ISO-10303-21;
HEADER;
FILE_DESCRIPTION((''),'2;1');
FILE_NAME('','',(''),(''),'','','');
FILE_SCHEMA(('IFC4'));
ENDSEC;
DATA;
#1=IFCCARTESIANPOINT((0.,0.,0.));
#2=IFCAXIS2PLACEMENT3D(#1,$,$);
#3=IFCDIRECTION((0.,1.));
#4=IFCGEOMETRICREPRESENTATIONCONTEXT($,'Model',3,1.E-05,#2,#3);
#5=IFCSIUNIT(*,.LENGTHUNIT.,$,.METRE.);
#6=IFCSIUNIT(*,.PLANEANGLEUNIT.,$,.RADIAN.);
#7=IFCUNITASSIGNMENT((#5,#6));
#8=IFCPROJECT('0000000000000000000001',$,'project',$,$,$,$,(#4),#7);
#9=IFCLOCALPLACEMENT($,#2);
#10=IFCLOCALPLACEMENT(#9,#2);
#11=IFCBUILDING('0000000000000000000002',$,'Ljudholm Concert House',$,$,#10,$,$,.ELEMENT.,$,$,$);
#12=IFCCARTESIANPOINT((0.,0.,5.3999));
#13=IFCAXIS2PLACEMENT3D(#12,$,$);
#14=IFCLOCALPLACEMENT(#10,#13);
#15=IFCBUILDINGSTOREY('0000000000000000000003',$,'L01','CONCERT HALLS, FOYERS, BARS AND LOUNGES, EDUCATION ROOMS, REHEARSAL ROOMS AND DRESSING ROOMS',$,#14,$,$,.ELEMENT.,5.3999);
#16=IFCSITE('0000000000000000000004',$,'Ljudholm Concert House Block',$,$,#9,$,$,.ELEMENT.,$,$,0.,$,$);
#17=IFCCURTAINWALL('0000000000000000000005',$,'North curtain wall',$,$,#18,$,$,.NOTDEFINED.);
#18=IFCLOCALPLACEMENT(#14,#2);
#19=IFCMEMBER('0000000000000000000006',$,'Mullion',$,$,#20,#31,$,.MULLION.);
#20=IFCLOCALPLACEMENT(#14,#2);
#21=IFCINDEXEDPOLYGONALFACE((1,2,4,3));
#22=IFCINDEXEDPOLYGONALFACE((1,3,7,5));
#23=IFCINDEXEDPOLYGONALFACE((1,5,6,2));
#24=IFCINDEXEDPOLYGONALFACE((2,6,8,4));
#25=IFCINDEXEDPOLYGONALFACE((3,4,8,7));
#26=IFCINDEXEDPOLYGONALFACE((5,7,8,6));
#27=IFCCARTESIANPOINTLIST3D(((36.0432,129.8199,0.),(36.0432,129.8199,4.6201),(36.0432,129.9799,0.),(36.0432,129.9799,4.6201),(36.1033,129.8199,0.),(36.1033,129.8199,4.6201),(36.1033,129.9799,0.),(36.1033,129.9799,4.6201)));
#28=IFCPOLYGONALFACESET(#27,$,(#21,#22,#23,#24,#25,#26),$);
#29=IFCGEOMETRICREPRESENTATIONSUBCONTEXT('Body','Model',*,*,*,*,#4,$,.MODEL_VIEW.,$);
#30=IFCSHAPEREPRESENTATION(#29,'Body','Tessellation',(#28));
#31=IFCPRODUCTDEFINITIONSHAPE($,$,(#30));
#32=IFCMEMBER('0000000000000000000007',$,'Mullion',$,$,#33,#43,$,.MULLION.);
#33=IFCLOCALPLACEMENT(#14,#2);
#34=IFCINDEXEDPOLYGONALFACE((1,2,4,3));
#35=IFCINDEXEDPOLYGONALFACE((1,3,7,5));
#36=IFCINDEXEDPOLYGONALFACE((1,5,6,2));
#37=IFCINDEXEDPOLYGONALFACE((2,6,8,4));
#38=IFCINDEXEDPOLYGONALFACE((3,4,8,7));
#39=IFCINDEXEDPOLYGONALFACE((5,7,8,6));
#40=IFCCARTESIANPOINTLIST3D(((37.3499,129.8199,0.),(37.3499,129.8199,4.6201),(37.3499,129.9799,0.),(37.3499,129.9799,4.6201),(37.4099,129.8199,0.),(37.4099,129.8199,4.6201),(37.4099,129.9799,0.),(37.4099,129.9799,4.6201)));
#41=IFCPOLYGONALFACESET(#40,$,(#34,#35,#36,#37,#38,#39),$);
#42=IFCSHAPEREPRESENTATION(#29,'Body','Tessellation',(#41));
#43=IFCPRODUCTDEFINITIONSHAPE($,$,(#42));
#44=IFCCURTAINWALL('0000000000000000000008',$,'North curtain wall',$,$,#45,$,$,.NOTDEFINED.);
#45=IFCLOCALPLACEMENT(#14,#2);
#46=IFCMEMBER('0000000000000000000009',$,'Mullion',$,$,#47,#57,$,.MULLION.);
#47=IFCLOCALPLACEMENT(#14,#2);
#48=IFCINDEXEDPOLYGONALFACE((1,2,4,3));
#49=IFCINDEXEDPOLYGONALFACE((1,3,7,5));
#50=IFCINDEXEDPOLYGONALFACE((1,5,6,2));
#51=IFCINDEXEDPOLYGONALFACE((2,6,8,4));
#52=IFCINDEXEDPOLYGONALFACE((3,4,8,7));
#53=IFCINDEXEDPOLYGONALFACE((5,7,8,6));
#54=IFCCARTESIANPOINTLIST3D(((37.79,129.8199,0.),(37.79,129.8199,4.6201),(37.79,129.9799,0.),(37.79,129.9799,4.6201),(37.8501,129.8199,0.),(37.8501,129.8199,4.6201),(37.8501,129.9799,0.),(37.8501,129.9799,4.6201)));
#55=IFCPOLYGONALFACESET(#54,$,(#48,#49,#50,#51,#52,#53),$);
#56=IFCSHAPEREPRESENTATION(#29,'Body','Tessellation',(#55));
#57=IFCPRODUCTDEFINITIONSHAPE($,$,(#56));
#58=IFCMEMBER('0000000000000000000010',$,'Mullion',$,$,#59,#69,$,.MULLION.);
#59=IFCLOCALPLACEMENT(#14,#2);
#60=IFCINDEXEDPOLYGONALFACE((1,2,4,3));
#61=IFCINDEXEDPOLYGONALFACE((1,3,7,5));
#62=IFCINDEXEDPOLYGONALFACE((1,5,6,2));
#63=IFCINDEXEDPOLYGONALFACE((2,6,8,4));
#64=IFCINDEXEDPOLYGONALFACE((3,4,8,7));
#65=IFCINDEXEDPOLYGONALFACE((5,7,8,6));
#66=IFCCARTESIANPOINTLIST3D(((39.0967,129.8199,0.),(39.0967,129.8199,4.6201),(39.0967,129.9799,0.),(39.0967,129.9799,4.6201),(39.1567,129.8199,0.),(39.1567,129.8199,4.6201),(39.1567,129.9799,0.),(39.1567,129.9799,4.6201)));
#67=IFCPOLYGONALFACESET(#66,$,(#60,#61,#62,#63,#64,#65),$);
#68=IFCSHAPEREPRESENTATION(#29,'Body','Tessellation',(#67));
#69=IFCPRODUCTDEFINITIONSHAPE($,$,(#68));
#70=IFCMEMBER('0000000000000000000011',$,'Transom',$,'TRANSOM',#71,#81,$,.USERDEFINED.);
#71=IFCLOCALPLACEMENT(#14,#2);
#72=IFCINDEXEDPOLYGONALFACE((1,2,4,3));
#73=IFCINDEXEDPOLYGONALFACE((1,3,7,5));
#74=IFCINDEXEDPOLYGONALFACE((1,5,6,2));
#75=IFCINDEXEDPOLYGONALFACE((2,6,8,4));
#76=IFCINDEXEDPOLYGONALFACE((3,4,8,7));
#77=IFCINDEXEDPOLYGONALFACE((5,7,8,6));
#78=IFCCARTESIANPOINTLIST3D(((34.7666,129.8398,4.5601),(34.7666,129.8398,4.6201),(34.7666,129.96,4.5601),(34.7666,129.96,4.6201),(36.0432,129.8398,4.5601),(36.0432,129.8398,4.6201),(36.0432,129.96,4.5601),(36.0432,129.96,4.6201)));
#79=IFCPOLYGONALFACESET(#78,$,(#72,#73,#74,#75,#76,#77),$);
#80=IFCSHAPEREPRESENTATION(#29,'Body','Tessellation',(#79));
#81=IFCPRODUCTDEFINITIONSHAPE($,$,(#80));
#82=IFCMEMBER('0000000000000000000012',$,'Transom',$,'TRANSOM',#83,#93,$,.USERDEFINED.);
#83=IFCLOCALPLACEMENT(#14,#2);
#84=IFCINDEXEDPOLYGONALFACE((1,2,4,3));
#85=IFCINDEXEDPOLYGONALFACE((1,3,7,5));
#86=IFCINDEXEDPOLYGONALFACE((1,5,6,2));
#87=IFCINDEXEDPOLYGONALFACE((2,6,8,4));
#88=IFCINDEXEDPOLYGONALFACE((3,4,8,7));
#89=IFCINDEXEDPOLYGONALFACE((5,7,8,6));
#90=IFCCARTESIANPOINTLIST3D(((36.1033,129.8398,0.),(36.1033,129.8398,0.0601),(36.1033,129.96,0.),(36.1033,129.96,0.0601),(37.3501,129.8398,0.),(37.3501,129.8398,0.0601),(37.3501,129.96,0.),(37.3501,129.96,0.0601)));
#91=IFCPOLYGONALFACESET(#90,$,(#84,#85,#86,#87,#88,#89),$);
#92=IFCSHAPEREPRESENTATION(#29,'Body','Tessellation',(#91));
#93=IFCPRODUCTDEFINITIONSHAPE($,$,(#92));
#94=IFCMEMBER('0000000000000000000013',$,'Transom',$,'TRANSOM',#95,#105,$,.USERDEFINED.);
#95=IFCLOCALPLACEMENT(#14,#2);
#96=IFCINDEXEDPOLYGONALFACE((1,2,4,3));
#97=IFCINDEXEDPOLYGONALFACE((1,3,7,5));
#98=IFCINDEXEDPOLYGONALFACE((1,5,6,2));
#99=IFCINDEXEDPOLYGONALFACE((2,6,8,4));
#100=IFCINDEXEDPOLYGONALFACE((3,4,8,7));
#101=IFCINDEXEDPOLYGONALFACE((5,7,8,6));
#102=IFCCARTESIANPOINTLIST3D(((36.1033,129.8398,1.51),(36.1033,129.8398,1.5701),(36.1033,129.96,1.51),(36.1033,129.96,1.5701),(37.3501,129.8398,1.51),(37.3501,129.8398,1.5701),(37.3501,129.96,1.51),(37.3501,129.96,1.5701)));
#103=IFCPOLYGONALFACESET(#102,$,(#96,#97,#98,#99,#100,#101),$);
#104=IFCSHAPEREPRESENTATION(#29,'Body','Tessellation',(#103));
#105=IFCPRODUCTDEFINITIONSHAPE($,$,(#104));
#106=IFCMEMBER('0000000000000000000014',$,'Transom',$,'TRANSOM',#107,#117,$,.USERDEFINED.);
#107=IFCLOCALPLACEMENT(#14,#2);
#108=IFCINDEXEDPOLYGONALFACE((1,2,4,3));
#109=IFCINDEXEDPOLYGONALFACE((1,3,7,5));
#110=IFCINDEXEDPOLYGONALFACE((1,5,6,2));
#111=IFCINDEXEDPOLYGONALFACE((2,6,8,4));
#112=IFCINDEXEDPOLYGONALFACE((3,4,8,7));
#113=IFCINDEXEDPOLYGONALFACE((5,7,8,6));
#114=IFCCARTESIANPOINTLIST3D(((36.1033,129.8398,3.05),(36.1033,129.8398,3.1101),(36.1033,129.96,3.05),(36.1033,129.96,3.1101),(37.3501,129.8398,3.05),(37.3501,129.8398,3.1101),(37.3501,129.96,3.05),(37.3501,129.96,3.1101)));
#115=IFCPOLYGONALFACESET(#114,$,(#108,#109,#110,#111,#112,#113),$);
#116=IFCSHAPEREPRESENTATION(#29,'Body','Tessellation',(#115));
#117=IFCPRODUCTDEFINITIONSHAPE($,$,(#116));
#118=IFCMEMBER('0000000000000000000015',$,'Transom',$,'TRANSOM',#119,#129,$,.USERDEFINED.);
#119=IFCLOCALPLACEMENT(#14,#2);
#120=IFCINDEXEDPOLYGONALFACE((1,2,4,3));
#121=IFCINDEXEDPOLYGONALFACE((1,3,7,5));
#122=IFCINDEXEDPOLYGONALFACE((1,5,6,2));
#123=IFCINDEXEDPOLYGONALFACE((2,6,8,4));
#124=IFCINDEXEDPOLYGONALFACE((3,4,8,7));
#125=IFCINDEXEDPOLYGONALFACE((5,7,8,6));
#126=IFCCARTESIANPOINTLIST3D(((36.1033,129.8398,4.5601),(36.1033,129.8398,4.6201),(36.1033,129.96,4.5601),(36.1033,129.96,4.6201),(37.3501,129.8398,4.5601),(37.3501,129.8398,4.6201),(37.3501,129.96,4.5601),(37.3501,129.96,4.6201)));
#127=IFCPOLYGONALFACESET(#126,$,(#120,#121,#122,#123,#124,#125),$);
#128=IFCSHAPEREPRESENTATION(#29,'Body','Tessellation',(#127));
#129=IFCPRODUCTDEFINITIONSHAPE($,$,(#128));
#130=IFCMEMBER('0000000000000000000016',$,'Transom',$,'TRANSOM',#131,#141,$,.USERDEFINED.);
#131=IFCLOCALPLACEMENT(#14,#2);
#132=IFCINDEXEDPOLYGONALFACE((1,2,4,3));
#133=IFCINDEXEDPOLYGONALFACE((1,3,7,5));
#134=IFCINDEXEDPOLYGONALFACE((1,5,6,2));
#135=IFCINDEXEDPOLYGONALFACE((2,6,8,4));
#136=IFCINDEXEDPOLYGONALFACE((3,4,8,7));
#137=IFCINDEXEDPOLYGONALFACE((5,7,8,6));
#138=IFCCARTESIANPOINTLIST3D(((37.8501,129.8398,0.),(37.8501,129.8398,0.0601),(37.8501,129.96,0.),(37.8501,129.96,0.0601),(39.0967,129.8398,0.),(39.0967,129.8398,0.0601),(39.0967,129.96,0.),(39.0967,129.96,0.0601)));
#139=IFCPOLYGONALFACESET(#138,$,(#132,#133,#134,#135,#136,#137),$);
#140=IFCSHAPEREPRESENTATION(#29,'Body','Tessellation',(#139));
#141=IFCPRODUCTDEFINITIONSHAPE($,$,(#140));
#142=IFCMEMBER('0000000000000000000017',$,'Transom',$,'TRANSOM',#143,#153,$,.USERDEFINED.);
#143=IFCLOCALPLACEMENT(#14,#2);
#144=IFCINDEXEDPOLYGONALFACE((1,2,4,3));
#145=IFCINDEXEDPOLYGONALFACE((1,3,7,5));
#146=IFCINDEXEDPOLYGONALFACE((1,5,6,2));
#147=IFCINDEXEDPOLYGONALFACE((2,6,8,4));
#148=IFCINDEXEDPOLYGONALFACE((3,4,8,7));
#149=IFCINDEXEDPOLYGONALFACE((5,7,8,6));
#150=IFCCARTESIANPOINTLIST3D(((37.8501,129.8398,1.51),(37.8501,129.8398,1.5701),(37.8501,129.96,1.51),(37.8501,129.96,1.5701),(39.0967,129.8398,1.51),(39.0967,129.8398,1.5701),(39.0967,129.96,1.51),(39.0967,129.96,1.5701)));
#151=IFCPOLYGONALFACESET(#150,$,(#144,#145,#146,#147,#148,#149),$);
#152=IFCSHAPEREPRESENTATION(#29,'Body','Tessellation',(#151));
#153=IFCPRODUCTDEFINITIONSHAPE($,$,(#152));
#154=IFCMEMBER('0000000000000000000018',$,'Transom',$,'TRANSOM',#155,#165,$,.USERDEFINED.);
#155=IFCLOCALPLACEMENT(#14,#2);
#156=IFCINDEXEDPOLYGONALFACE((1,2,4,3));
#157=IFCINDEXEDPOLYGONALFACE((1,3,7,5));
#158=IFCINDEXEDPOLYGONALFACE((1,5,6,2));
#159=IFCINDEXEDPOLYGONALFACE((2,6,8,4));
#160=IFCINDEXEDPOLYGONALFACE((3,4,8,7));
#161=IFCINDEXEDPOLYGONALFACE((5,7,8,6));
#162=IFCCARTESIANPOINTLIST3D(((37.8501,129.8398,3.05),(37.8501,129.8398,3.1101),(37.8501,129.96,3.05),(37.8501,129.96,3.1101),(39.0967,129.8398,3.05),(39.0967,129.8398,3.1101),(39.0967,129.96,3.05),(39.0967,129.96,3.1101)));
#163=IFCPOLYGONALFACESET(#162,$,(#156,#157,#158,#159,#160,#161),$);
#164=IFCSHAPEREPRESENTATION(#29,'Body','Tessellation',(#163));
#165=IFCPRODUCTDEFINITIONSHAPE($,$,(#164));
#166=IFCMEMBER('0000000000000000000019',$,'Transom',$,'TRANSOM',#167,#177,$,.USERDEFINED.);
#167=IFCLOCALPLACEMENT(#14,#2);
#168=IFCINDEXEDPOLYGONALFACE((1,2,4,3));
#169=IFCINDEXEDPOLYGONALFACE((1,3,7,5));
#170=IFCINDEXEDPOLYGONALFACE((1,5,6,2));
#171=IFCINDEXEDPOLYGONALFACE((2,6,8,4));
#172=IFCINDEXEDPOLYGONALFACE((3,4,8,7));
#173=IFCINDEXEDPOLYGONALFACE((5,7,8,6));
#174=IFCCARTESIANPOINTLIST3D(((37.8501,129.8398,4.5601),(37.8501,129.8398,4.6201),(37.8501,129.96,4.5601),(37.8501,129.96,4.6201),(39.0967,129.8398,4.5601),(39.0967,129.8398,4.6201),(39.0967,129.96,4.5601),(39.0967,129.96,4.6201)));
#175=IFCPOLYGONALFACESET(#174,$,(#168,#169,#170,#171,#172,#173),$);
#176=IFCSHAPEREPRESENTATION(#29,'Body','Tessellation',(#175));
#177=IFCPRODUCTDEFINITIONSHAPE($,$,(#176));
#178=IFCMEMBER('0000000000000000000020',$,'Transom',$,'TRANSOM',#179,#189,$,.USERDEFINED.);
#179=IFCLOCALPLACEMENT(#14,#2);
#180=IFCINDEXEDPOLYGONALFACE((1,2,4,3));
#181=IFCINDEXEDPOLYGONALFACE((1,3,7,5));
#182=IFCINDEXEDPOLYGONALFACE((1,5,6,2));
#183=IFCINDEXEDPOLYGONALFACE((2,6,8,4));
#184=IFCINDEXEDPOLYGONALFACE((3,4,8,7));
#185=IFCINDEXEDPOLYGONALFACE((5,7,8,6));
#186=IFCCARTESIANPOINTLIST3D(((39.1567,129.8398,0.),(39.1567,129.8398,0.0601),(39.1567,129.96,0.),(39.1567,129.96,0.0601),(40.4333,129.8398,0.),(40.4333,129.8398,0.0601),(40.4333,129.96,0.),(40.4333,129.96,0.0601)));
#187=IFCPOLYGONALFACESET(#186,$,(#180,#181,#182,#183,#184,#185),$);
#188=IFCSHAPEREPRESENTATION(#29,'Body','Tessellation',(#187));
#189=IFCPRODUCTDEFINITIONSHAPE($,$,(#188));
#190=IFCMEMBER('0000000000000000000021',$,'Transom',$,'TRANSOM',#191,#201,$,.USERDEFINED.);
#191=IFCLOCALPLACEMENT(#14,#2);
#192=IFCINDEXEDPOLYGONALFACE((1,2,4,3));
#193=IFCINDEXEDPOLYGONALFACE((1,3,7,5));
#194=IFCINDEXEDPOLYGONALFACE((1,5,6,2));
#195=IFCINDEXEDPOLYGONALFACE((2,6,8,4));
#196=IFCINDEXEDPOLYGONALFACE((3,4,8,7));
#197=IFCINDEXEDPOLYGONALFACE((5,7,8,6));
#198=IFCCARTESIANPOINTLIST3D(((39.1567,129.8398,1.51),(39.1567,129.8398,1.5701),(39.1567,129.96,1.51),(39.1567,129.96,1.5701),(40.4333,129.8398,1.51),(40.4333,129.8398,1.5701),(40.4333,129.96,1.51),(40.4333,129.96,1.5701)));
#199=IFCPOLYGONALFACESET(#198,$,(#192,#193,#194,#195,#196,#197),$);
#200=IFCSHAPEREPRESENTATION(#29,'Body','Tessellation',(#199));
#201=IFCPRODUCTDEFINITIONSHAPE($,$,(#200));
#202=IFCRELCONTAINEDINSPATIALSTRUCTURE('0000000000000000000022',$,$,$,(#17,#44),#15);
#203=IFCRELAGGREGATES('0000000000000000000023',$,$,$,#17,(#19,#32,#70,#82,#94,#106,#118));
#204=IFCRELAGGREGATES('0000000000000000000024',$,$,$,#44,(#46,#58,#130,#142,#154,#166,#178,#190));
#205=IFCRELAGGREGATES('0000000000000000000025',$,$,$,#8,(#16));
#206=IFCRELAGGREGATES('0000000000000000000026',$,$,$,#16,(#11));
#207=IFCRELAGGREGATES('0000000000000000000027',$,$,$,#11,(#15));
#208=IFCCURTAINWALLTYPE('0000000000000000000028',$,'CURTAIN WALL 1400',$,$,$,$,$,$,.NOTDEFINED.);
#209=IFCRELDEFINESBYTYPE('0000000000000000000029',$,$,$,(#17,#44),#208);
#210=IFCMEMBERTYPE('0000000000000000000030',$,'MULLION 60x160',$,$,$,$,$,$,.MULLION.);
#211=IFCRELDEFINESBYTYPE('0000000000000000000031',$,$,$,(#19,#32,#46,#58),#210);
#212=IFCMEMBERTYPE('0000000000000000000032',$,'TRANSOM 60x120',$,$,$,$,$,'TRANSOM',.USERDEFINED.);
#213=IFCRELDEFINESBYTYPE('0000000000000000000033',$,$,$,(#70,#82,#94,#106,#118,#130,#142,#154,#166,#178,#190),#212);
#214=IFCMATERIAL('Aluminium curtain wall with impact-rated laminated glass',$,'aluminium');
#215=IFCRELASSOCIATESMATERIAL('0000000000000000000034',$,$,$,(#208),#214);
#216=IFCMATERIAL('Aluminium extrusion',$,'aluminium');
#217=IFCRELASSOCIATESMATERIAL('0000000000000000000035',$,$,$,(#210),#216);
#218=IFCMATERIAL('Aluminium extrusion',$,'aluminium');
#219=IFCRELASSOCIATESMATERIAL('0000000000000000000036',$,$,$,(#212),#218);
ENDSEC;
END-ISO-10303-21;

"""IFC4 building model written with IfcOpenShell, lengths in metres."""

from ifc_helpers import new_model, si_unit, direction, frame, origin, origin_2d, place, context, subcontext, project, spatial, rectangle, extrude, material, material_profile, profile_set, type_object, element, aggregate, save


model = new_model("IFC4")

# Units and contexts
model_context = context("Model", 3, precision=1e-05, world=origin(), true_north=direction((0.0, 1.0)))
body_context = subcontext(model_context, "Body", "Model", "MODEL_VIEW")
ifc_project = project(units=[si_unit("LENGTHUNIT", "METRE"), si_unit("PLANEANGLEUNIT", "RADIAN")], contexts=[model_context])

# Site, building, storey
site_placement = place(None, origin())
site = spatial("IfcSite", under=ifc_project, at=site_placement, Name="Ljudholm Concert House Block", CompositionType="ELEMENT", RefElevation=0.0)
building_placement = place(site_placement, origin())
building = spatial("IfcBuilding", under=site, at=building_placement, Name="Ljudholm Concert House", CompositionType="ELEMENT")
storey_placement = place(building_placement, frame((0.0, 0.0, 5.3999)))
storey = spatial("IfcBuildingStorey", under=building, at=storey_placement, Name="L01", Description="CONCERT HALLS, FOYERS, BARS AND LOUNGES, EDUCATION ROOMS, REHEARSAL ROOMS AND DRESSING ROOMS", CompositionType="ELEMENT", Elevation=5.3999)

# Curtain walls, members
ifc_material_1 = material(Name="Aluminium curtain wall with impact-rated laminated glass", Category="aluminium")
curtain_wall_type = type_object("IfcCurtainWallType", Name="CURTAIN WALL 1400", PredefinedType="NOTDEFINED", material=ifc_material_1)
curtain_wall_1_placement = place(storey_placement, origin())
curtain_wall_1 = element("IfcCurtainWall", 1, at=curtain_wall_1_placement, inside=storey, type_object=curtain_wall_type, Name="North curtain wall", PredefinedType="NOTDEFINED")
ifc_material_2 = material(Name="Aluminium extrusion", Category="aluminium")
ifc_material_profile_1 = material_profile(ifc_material_2, rectangle(XDim=0.1599, YDim=0.0601, at=origin_2d()), Name="MULLION 60x160")
ifc_profile_set_1 = profile_set([ifc_material_profile_1], Name="Aluminium extrusion")
member_type_1 = type_object("IfcMemberType", Name="MULLION 60x160", PredefinedType="MULLION", material=ifc_profile_set_1)
member_1_placement = place(storey_placement, frame((36.0732, 129.8999, 0.0), z_axis=(0.0, 0.0, 1.0), x_axis=(0.0, 1.0, 0.0)))
member_1 = element("IfcMember", 2, at=member_1_placement, type_object=member_type_1, Name="Mullion", PredefinedType="MULLION", context=body_context, shape_type="SweptSolid", body=[
    extrude(rectangle(XDim=0.1599, YDim=0.0601, at=origin_2d()), origin(), (0.0, 0.0, 1.0), 4.6201),
])
member_2_placement = place(storey_placement, frame((37.3799, 129.8999, 0.0), z_axis=(0.0, 0.0, 1.0), x_axis=(0.0, 1.0, 0.0)))
member_2 = element("IfcMember", 3, at=member_2_placement, type_object=member_type_1, Name="Mullion", PredefinedType="MULLION", context=body_context, shape_type="SweptSolid", body=[
    extrude(rectangle(XDim=0.1599, YDim=0.0601, at=origin_2d()), origin(), (0.0, 0.0, 1.0), 4.6201),
])
curtain_wall_2_placement = place(storey_placement, origin())
curtain_wall_2 = element("IfcCurtainWall", 4, at=curtain_wall_2_placement, inside=storey, type_object=curtain_wall_type, Name="North curtain wall", PredefinedType="NOTDEFINED")
member_3_placement = place(storey_placement, frame((37.8201, 129.8999, 0.0), z_axis=(0.0, 0.0, 1.0), x_axis=(0.0, 1.0, 0.0)))
member_3 = element("IfcMember", 5, at=member_3_placement, type_object=member_type_1, Name="Mullion", PredefinedType="MULLION", context=body_context, shape_type="SweptSolid", body=[
    extrude(rectangle(XDim=0.1599, YDim=0.0601, at=origin_2d()), origin(), (0.0, 0.0, 1.0), 4.6201),
])
member_4_placement = place(storey_placement, frame((39.1267, 129.8999, 0.0), z_axis=(0.0, 0.0, 1.0), x_axis=(0.0, 1.0, 0.0)))
member_4 = element("IfcMember", 6, at=member_4_placement, type_object=member_type_1, Name="Mullion", PredefinedType="MULLION", context=body_context, shape_type="SweptSolid", body=[
    extrude(rectangle(XDim=0.1599, YDim=0.0601, at=origin_2d()), origin(), (0.0, 0.0, 1.0), 4.6201),
])

# Members
ifc_material_3 = material(Name="Aluminium extrusion", Category="aluminium")
ifc_material_profile_2 = material_profile(ifc_material_3, rectangle(XDim=0.1201, YDim=0.0601, at=origin_2d()), Name="TRANSOM 60x120")
ifc_profile_set_2 = profile_set([ifc_material_profile_2], Name="Aluminium extrusion")
member_type_2 = type_object("IfcMemberType", Name="TRANSOM 60x120", ElementType="TRANSOM", PredefinedType="USERDEFINED", material=ifc_profile_set_2)
member_5_placement = place(storey_placement, frame((34.7666, 129.8999, 4.5901), z_axis=(1.0, 0.0, 0.0), x_axis=(0.0, 1.0, 0.0)))
member_5 = element("IfcMember", 7, at=member_5_placement, type_object=member_type_2, Name="Transom", ObjectType="TRANSOM", PredefinedType="USERDEFINED", context=body_context, shape_type="SweptSolid", body=[
    extrude(rectangle(XDim=0.1201, YDim=0.0601, at=origin_2d()), origin(), (0.0, 0.0, 1.0), 1.2766),
])
member_6_placement = place(storey_placement, frame((36.1033, 129.8999, 0.03), z_axis=(1.0, 0.0, 0.0), x_axis=(0.0, 1.0, 0.0)))
member_6 = element("IfcMember", 8, at=member_6_placement, type_object=member_type_2, Name="Transom", ObjectType="TRANSOM", PredefinedType="USERDEFINED", context=body_context, shape_type="SweptSolid", body=[
    extrude(rectangle(XDim=0.1201, YDim=0.0601, at=origin_2d()), origin(), (0.0, 0.0, 1.0), 1.2468),
])
member_7_placement = place(storey_placement, frame((36.1033, 129.8999, 1.54), z_axis=(1.0, 0.0, 0.0), x_axis=(0.0, 1.0, 0.0)))
member_7 = element("IfcMember", 9, at=member_7_placement, type_object=member_type_2, Name="Transom", ObjectType="TRANSOM", PredefinedType="USERDEFINED", context=body_context, shape_type="SweptSolid", body=[
    extrude(rectangle(XDim=0.1201, YDim=0.0601, at=origin_2d()), origin(), (0.0, 0.0, 1.0), 1.2468),
])
member_8_placement = place(storey_placement, frame((36.1033, 129.8999, 3.0801), z_axis=(1.0, 0.0, 0.0), x_axis=(0.0, 1.0, 0.0)))
member_8 = element("IfcMember", 10, at=member_8_placement, type_object=member_type_2, Name="Transom", ObjectType="TRANSOM", PredefinedType="USERDEFINED", context=body_context, shape_type="SweptSolid", body=[
    extrude(rectangle(XDim=0.1201, YDim=0.0601, at=origin_2d()), origin(), (0.0, 0.0, 1.0), 1.2468),
])
member_9_placement = place(storey_placement, frame((36.1033, 129.8999, 4.5901), z_axis=(1.0, 0.0, 0.0), x_axis=(0.0, 1.0, 0.0)))
member_9 = element("IfcMember", 11, at=member_9_placement, type_object=member_type_2, Name="Transom", ObjectType="TRANSOM", PredefinedType="USERDEFINED", context=body_context, shape_type="SweptSolid", body=[
    extrude(rectangle(XDim=0.1201, YDim=0.0601, at=origin_2d()), origin(), (0.0, 0.0, 1.0), 1.2468),
])
member_10_placement = place(storey_placement, frame((37.8501, 129.8999, 0.03), z_axis=(1.0, 0.0, 0.0), x_axis=(0.0, 1.0, 0.0)))
member_10 = element("IfcMember", 12, at=member_10_placement, type_object=member_type_2, Name="Transom", ObjectType="TRANSOM", PredefinedType="USERDEFINED", context=body_context, shape_type="SweptSolid", body=[
    extrude(rectangle(XDim=0.1201, YDim=0.0601, at=origin_2d()), origin(), (0.0, 0.0, 1.0), 1.2466),
])
member_11_placement = place(storey_placement, frame((37.8501, 129.8999, 1.54), z_axis=(1.0, 0.0, 0.0), x_axis=(0.0, 1.0, 0.0)))
member_11 = element("IfcMember", 13, at=member_11_placement, type_object=member_type_2, Name="Transom", ObjectType="TRANSOM", PredefinedType="USERDEFINED", context=body_context, shape_type="SweptSolid", body=[
    extrude(rectangle(XDim=0.1201, YDim=0.0601, at=origin_2d()), origin(), (0.0, 0.0, 1.0), 1.2466),
])
member_12_placement = place(storey_placement, frame((37.8501, 129.8999, 3.0801), z_axis=(1.0, 0.0, 0.0), x_axis=(0.0, 1.0, 0.0)))
member_12 = element("IfcMember", 14, at=member_12_placement, type_object=member_type_2, Name="Transom", ObjectType="TRANSOM", PredefinedType="USERDEFINED", context=body_context, shape_type="SweptSolid", body=[
    extrude(rectangle(XDim=0.1201, YDim=0.0601, at=origin_2d()), origin(), (0.0, 0.0, 1.0), 1.2466),
])
member_13_placement = place(storey_placement, frame((37.8501, 129.8999, 4.5901), z_axis=(1.0, 0.0, 0.0), x_axis=(0.0, 1.0, 0.0)))
member_13 = element("IfcMember", 15, at=member_13_placement, type_object=member_type_2, Name="Transom", ObjectType="TRANSOM", PredefinedType="USERDEFINED", context=body_context, shape_type="SweptSolid", body=[
    extrude(rectangle(XDim=0.1201, YDim=0.0601, at=origin_2d()), origin(), (0.0, 0.0, 1.0), 1.2466),
])
member_14_placement = place(storey_placement, frame((39.1567, 129.8999, 0.03), z_axis=(1.0, 0.0, 0.0), x_axis=(0.0, 1.0, 0.0)))
member_14 = element("IfcMember", 16, at=member_14_placement, type_object=member_type_2, Name="Transom", ObjectType="TRANSOM", PredefinedType="USERDEFINED", context=body_context, shape_type="SweptSolid", body=[
    extrude(rectangle(XDim=0.1201, YDim=0.0601, at=origin_2d()), origin(), (0.0, 0.0, 1.0), 1.2766),
])
member_15_placement = place(storey_placement, frame((39.1567, 129.8999, 1.54), z_axis=(1.0, 0.0, 0.0), x_axis=(0.0, 1.0, 0.0)))
member_15 = element("IfcMember", 17, at=member_15_placement, type_object=member_type_2, Name="Transom", ObjectType="TRANSOM", PredefinedType="USERDEFINED", context=body_context, shape_type="SweptSolid", body=[
    extrude(rectangle(XDim=0.1201, YDim=0.0601, at=origin_2d()), origin(), (0.0, 0.0, 1.0), 1.2766),
])

aggregate(curtain_wall_1, [member_1, member_2, member_5, member_6, member_7, member_8, member_9])
aggregate(curtain_wall_2, [member_3, member_4, member_10, member_11, member_12, member_13, member_14, member_15])

save(model, "model.ifc")
